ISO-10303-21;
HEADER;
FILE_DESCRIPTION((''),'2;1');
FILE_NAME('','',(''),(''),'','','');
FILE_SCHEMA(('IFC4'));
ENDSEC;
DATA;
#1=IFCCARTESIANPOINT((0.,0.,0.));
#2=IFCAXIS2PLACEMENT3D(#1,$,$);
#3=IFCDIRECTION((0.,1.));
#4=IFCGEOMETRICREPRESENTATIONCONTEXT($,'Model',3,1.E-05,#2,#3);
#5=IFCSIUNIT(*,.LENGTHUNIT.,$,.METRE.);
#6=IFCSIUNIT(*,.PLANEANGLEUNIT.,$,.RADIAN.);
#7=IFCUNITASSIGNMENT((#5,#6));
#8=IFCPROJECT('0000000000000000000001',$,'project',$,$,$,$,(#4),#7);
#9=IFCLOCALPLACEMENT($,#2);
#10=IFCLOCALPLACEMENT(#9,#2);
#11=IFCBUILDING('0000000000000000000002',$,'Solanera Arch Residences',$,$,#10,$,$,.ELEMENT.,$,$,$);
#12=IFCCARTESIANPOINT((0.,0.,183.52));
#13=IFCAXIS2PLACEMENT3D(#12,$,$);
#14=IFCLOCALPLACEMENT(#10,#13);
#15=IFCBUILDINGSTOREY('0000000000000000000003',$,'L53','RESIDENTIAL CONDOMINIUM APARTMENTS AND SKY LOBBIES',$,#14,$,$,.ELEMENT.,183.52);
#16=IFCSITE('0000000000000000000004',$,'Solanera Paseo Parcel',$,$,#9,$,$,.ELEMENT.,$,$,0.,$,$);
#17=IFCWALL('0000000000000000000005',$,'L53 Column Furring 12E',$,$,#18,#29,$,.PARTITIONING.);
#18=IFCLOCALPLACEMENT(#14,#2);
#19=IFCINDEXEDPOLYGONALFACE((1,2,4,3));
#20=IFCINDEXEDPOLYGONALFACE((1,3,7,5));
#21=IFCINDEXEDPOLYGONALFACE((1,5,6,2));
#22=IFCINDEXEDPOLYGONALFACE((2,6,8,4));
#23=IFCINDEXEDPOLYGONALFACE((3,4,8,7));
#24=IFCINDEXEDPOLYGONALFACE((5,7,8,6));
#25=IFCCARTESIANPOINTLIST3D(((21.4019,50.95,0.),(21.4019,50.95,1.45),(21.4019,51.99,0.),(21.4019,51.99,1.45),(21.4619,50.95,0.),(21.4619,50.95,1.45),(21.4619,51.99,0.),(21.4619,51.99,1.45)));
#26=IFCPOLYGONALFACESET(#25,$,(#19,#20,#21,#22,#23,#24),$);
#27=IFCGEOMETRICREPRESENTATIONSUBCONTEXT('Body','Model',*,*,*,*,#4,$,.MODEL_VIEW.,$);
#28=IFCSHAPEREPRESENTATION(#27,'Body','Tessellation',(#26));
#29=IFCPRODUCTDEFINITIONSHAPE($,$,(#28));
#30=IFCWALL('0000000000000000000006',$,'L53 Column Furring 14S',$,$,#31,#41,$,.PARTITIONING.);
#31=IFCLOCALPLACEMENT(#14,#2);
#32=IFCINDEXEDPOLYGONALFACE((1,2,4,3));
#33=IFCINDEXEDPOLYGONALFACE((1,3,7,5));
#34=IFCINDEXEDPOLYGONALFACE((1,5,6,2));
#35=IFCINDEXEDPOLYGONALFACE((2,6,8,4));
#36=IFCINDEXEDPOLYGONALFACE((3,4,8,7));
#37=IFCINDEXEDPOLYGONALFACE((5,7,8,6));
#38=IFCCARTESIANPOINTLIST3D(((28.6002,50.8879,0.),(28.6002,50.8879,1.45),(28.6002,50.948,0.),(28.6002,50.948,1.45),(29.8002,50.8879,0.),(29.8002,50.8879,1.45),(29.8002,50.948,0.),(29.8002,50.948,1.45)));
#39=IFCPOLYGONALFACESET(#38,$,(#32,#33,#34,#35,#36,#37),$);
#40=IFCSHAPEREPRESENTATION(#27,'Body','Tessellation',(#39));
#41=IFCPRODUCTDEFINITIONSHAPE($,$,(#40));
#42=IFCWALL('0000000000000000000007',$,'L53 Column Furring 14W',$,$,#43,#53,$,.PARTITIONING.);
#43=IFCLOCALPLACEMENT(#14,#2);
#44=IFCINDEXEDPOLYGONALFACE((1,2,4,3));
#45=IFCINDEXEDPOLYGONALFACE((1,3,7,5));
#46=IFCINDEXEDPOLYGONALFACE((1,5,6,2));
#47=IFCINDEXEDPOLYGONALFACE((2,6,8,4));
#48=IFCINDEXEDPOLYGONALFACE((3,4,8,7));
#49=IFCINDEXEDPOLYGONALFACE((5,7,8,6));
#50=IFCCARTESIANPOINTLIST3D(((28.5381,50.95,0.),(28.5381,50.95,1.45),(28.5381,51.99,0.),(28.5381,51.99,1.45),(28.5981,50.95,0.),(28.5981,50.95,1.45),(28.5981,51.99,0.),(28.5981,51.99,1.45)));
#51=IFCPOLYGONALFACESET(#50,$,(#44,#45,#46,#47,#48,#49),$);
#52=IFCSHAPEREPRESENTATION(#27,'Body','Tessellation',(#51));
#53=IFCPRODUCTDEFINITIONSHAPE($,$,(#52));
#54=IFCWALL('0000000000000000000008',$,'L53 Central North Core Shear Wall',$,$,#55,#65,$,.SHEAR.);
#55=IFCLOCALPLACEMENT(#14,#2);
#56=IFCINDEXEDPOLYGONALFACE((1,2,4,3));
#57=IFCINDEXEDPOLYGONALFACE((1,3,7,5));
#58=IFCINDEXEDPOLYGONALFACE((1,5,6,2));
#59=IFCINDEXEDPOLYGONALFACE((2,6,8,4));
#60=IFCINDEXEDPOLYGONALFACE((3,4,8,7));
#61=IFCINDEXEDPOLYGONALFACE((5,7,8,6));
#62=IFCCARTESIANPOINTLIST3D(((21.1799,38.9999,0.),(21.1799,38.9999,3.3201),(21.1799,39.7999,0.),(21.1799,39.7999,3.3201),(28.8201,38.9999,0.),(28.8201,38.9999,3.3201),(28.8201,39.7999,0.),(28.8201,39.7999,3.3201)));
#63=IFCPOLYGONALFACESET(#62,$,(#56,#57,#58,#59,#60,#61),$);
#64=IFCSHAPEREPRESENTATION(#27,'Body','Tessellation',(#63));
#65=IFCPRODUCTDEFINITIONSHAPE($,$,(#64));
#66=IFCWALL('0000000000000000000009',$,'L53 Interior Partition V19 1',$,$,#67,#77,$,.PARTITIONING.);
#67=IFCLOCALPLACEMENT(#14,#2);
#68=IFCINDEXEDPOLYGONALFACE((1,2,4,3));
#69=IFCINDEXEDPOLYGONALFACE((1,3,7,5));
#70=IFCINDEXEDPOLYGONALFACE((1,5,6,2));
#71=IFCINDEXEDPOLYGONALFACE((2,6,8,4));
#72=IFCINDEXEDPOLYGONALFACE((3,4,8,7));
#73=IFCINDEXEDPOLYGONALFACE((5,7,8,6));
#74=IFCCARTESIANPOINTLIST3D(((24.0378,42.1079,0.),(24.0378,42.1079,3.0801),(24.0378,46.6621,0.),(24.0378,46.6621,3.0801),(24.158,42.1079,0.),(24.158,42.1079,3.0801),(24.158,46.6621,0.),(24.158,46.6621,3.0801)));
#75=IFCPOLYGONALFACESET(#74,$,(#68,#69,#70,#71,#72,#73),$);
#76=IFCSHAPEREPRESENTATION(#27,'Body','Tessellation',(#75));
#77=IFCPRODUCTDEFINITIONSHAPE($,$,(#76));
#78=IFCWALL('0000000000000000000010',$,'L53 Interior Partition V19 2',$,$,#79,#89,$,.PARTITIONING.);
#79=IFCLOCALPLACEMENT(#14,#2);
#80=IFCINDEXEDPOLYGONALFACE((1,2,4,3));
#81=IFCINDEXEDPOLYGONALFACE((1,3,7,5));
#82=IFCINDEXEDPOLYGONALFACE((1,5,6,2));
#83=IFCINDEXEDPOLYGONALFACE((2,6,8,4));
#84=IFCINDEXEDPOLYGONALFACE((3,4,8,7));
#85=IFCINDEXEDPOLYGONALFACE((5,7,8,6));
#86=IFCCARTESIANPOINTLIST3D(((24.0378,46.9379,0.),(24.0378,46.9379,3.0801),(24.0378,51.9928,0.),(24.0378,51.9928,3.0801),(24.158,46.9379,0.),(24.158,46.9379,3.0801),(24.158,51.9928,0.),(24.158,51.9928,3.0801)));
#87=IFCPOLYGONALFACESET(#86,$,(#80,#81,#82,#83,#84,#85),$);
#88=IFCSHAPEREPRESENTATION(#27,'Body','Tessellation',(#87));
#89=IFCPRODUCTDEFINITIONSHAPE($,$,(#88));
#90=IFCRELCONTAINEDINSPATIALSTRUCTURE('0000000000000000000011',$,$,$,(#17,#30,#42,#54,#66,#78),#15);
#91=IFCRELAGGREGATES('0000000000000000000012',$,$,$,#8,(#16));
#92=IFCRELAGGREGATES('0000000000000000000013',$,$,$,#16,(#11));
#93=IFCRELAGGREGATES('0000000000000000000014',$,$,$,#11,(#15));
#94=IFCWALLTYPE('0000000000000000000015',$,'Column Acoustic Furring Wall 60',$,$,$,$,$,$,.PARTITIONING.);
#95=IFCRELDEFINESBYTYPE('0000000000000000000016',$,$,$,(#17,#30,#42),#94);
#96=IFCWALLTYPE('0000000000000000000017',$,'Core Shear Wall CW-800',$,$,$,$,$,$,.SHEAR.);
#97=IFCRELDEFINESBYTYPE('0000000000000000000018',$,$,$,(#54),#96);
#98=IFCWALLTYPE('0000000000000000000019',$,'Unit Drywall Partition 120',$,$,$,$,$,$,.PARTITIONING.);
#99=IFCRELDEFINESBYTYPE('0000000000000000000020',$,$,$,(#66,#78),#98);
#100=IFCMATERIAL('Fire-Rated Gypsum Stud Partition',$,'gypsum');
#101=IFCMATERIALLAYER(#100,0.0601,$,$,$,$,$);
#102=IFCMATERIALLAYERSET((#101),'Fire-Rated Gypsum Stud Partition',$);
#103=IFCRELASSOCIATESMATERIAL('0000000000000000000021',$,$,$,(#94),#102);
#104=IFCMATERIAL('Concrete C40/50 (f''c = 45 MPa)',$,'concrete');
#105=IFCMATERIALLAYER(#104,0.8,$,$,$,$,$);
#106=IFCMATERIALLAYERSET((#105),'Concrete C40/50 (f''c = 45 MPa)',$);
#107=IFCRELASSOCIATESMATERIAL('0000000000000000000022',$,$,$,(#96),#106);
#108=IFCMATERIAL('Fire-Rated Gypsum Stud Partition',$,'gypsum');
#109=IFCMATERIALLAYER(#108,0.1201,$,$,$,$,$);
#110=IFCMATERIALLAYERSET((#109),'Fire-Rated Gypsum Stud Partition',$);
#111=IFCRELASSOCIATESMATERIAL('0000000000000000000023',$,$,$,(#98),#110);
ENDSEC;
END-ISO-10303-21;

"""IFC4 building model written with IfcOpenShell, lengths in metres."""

from ifc_helpers import new_model, si_unit, direction, frame, frame_2d, origin, place, context, subcontext, project, spatial, rectangle, extrude, material, layer, layer_set, type_object, element, save


model = new_model("IFC4")

# Units and contexts
model_context = context("Model", 3, precision=1e-05, world=origin(), true_north=direction((0.0, 1.0)))
body_context = subcontext(model_context, "Body", "Model", "MODEL_VIEW")
ifc_project = project(units=[si_unit("LENGTHUNIT", "METRE"), si_unit("PLANEANGLEUNIT", "RADIAN")], contexts=[model_context])

# Site, building, storey
site_placement = place(None, origin())
site = spatial("IfcSite", under=ifc_project, at=site_placement, Name="Solanera Paseo Parcel", CompositionType="ELEMENT", RefElevation=0.0)
building_placement = place(site_placement, origin())
building = spatial("IfcBuilding", under=site, at=building_placement, Name="Solanera Arch Residences", CompositionType="ELEMENT")
storey_placement = place(building_placement, frame((0.0, 0.0, 183.52)))
storey = spatial("IfcBuildingStorey", under=building, at=storey_placement, Name="L53", Description="RESIDENTIAL CONDOMINIUM APARTMENTS AND SKY LOBBIES", CompositionType="ELEMENT", Elevation=183.52)

# Walls
ifc_material_1 = material(Name="Fire-Rated Gypsum Stud Partition", Category="gypsum")
ifc_layer_1 = layer(ifc_material_1, 0.0601)
ifc_layer_set_1 = layer_set([ifc_layer_1], Name="Fire-Rated Gypsum Stud Partition")
wall_type_1 = type_object("IfcWallType", Name="Column Acoustic Furring Wall 60", PredefinedType="PARTITIONING", material=ifc_layer_set_1)
wall_1_placement = place(storey_placement, frame((21.4319, 50.95, 0.0), z_axis=(0.0, 0.0, 1.0), x_axis=(0.0, 1.0, 0.0)))
element("IfcWall", 1, at=wall_1_placement, inside=storey, type_object=wall_type_1, Name="L53 Column Furring 12E", PredefinedType="PARTITIONING", context=body_context, shape_type="SweptSolid", body=[
    extrude(rectangle(XDim=1.04, YDim=0.0601, at=frame_2d((0.52, 0.0))), origin(), (0.0, 0.0, 1.0), 1.45),
])
wall_2_placement = place(storey_placement, frame((28.6001, 50.918, 0.0), z_axis=(0.0, 0.0, 1.0), x_axis=(1.0, 0.0, 0.0)))
element("IfcWall", 2, at=wall_2_placement, inside=storey, type_object=wall_type_1, Name="L53 Column Furring 14S", PredefinedType="PARTITIONING", context=body_context, shape_type="SweptSolid", body=[
    extrude(rectangle(XDim=1.2, YDim=0.0601, at=frame_2d((0.6001, 0.0))), origin(), (0.0, 0.0, 1.0), 1.45),
])
wall_3_placement = place(storey_placement, frame((28.5681, 50.95, 0.0), z_axis=(0.0, 0.0, 1.0), x_axis=(0.0, 1.0, 0.0)))
element("IfcWall", 3, at=wall_3_placement, inside=storey, type_object=wall_type_1, Name="L53 Column Furring 14W", PredefinedType="PARTITIONING", context=body_context, shape_type="SweptSolid", body=[
    extrude(rectangle(XDim=1.04, YDim=0.0601, at=frame_2d((0.52, 0.0))), origin(), (0.0, 0.0, 1.0), 1.45),
])
ifc_material_2 = material(Name="Concrete C40/50 (f'c = 45 MPa)", Category="concrete")
ifc_layer_2 = layer(ifc_material_2, 0.8)
ifc_layer_set_2 = layer_set([ifc_layer_2], Name="Concrete C40/50 (f'c = 45 MPa)")
wall_type_2 = type_object("IfcWallType", Name="Core Shear Wall CW-800", PredefinedType="SHEAR", material=ifc_layer_set_2)
wall_4_placement = place(storey_placement, frame((21.1799, 39.3999, 0.0), z_axis=(0.0, 0.0, 1.0), x_axis=(1.0, 0.0, 0.0)))
element("IfcWall", 4, at=wall_4_placement, inside=storey, type_object=wall_type_2, Name="L53 Central North Core Shear Wall", PredefinedType="SHEAR", context=body_context, shape_type="SweptSolid", body=[
    extrude(rectangle(XDim=7.6401, YDim=0.8, at=frame_2d((3.8201, 0.0))), origin(), (0.0, 0.0, 1.0), 3.3201),
])
ifc_material_3 = material(Name="Fire-Rated Gypsum Stud Partition", Category="gypsum")
ifc_layer_3 = layer(ifc_material_3, 0.1201)
ifc_layer_set_3 = layer_set([ifc_layer_3], Name="Fire-Rated Gypsum Stud Partition")
wall_type_3 = type_object("IfcWallType", Name="Unit Drywall Partition 120", PredefinedType="PARTITIONING", material=ifc_layer_set_3)
wall_5_placement = place(storey_placement, frame((24.0979, 42.1079, 0.0), z_axis=(0.0, 0.0, 1.0), x_axis=(0.0, 1.0, 0.0)))
element("IfcWall", 5, at=wall_5_placement, inside=storey, type_object=wall_type_3, Name="L53 Interior Partition V19 1", PredefinedType="PARTITIONING", context=body_context, shape_type="SweptSolid", body=[
    extrude(rectangle(XDim=4.5542, YDim=0.1201, at=frame_2d((2.2771, 0.0))), origin(), (0.0, 0.0, 1.0), 3.0801),
])
wall_6_placement = place(storey_placement, frame((24.0979, 46.938, 0.0), z_axis=(0.0, 0.0, 1.0), x_axis=(0.0, 1.0, 0.0)))
element("IfcWall", 6, at=wall_6_placement, inside=storey, type_object=wall_type_3, Name="L53 Interior Partition V19 2", PredefinedType="PARTITIONING", context=body_context, shape_type="SweptSolid", body=[
    extrude(rectangle(XDim=5.0549, YDim=0.1201, at=frame_2d((2.5273, 0.0))), origin(), (0.0, 0.0, 1.0), 3.0801),
])

save(model, "model.ifc")
